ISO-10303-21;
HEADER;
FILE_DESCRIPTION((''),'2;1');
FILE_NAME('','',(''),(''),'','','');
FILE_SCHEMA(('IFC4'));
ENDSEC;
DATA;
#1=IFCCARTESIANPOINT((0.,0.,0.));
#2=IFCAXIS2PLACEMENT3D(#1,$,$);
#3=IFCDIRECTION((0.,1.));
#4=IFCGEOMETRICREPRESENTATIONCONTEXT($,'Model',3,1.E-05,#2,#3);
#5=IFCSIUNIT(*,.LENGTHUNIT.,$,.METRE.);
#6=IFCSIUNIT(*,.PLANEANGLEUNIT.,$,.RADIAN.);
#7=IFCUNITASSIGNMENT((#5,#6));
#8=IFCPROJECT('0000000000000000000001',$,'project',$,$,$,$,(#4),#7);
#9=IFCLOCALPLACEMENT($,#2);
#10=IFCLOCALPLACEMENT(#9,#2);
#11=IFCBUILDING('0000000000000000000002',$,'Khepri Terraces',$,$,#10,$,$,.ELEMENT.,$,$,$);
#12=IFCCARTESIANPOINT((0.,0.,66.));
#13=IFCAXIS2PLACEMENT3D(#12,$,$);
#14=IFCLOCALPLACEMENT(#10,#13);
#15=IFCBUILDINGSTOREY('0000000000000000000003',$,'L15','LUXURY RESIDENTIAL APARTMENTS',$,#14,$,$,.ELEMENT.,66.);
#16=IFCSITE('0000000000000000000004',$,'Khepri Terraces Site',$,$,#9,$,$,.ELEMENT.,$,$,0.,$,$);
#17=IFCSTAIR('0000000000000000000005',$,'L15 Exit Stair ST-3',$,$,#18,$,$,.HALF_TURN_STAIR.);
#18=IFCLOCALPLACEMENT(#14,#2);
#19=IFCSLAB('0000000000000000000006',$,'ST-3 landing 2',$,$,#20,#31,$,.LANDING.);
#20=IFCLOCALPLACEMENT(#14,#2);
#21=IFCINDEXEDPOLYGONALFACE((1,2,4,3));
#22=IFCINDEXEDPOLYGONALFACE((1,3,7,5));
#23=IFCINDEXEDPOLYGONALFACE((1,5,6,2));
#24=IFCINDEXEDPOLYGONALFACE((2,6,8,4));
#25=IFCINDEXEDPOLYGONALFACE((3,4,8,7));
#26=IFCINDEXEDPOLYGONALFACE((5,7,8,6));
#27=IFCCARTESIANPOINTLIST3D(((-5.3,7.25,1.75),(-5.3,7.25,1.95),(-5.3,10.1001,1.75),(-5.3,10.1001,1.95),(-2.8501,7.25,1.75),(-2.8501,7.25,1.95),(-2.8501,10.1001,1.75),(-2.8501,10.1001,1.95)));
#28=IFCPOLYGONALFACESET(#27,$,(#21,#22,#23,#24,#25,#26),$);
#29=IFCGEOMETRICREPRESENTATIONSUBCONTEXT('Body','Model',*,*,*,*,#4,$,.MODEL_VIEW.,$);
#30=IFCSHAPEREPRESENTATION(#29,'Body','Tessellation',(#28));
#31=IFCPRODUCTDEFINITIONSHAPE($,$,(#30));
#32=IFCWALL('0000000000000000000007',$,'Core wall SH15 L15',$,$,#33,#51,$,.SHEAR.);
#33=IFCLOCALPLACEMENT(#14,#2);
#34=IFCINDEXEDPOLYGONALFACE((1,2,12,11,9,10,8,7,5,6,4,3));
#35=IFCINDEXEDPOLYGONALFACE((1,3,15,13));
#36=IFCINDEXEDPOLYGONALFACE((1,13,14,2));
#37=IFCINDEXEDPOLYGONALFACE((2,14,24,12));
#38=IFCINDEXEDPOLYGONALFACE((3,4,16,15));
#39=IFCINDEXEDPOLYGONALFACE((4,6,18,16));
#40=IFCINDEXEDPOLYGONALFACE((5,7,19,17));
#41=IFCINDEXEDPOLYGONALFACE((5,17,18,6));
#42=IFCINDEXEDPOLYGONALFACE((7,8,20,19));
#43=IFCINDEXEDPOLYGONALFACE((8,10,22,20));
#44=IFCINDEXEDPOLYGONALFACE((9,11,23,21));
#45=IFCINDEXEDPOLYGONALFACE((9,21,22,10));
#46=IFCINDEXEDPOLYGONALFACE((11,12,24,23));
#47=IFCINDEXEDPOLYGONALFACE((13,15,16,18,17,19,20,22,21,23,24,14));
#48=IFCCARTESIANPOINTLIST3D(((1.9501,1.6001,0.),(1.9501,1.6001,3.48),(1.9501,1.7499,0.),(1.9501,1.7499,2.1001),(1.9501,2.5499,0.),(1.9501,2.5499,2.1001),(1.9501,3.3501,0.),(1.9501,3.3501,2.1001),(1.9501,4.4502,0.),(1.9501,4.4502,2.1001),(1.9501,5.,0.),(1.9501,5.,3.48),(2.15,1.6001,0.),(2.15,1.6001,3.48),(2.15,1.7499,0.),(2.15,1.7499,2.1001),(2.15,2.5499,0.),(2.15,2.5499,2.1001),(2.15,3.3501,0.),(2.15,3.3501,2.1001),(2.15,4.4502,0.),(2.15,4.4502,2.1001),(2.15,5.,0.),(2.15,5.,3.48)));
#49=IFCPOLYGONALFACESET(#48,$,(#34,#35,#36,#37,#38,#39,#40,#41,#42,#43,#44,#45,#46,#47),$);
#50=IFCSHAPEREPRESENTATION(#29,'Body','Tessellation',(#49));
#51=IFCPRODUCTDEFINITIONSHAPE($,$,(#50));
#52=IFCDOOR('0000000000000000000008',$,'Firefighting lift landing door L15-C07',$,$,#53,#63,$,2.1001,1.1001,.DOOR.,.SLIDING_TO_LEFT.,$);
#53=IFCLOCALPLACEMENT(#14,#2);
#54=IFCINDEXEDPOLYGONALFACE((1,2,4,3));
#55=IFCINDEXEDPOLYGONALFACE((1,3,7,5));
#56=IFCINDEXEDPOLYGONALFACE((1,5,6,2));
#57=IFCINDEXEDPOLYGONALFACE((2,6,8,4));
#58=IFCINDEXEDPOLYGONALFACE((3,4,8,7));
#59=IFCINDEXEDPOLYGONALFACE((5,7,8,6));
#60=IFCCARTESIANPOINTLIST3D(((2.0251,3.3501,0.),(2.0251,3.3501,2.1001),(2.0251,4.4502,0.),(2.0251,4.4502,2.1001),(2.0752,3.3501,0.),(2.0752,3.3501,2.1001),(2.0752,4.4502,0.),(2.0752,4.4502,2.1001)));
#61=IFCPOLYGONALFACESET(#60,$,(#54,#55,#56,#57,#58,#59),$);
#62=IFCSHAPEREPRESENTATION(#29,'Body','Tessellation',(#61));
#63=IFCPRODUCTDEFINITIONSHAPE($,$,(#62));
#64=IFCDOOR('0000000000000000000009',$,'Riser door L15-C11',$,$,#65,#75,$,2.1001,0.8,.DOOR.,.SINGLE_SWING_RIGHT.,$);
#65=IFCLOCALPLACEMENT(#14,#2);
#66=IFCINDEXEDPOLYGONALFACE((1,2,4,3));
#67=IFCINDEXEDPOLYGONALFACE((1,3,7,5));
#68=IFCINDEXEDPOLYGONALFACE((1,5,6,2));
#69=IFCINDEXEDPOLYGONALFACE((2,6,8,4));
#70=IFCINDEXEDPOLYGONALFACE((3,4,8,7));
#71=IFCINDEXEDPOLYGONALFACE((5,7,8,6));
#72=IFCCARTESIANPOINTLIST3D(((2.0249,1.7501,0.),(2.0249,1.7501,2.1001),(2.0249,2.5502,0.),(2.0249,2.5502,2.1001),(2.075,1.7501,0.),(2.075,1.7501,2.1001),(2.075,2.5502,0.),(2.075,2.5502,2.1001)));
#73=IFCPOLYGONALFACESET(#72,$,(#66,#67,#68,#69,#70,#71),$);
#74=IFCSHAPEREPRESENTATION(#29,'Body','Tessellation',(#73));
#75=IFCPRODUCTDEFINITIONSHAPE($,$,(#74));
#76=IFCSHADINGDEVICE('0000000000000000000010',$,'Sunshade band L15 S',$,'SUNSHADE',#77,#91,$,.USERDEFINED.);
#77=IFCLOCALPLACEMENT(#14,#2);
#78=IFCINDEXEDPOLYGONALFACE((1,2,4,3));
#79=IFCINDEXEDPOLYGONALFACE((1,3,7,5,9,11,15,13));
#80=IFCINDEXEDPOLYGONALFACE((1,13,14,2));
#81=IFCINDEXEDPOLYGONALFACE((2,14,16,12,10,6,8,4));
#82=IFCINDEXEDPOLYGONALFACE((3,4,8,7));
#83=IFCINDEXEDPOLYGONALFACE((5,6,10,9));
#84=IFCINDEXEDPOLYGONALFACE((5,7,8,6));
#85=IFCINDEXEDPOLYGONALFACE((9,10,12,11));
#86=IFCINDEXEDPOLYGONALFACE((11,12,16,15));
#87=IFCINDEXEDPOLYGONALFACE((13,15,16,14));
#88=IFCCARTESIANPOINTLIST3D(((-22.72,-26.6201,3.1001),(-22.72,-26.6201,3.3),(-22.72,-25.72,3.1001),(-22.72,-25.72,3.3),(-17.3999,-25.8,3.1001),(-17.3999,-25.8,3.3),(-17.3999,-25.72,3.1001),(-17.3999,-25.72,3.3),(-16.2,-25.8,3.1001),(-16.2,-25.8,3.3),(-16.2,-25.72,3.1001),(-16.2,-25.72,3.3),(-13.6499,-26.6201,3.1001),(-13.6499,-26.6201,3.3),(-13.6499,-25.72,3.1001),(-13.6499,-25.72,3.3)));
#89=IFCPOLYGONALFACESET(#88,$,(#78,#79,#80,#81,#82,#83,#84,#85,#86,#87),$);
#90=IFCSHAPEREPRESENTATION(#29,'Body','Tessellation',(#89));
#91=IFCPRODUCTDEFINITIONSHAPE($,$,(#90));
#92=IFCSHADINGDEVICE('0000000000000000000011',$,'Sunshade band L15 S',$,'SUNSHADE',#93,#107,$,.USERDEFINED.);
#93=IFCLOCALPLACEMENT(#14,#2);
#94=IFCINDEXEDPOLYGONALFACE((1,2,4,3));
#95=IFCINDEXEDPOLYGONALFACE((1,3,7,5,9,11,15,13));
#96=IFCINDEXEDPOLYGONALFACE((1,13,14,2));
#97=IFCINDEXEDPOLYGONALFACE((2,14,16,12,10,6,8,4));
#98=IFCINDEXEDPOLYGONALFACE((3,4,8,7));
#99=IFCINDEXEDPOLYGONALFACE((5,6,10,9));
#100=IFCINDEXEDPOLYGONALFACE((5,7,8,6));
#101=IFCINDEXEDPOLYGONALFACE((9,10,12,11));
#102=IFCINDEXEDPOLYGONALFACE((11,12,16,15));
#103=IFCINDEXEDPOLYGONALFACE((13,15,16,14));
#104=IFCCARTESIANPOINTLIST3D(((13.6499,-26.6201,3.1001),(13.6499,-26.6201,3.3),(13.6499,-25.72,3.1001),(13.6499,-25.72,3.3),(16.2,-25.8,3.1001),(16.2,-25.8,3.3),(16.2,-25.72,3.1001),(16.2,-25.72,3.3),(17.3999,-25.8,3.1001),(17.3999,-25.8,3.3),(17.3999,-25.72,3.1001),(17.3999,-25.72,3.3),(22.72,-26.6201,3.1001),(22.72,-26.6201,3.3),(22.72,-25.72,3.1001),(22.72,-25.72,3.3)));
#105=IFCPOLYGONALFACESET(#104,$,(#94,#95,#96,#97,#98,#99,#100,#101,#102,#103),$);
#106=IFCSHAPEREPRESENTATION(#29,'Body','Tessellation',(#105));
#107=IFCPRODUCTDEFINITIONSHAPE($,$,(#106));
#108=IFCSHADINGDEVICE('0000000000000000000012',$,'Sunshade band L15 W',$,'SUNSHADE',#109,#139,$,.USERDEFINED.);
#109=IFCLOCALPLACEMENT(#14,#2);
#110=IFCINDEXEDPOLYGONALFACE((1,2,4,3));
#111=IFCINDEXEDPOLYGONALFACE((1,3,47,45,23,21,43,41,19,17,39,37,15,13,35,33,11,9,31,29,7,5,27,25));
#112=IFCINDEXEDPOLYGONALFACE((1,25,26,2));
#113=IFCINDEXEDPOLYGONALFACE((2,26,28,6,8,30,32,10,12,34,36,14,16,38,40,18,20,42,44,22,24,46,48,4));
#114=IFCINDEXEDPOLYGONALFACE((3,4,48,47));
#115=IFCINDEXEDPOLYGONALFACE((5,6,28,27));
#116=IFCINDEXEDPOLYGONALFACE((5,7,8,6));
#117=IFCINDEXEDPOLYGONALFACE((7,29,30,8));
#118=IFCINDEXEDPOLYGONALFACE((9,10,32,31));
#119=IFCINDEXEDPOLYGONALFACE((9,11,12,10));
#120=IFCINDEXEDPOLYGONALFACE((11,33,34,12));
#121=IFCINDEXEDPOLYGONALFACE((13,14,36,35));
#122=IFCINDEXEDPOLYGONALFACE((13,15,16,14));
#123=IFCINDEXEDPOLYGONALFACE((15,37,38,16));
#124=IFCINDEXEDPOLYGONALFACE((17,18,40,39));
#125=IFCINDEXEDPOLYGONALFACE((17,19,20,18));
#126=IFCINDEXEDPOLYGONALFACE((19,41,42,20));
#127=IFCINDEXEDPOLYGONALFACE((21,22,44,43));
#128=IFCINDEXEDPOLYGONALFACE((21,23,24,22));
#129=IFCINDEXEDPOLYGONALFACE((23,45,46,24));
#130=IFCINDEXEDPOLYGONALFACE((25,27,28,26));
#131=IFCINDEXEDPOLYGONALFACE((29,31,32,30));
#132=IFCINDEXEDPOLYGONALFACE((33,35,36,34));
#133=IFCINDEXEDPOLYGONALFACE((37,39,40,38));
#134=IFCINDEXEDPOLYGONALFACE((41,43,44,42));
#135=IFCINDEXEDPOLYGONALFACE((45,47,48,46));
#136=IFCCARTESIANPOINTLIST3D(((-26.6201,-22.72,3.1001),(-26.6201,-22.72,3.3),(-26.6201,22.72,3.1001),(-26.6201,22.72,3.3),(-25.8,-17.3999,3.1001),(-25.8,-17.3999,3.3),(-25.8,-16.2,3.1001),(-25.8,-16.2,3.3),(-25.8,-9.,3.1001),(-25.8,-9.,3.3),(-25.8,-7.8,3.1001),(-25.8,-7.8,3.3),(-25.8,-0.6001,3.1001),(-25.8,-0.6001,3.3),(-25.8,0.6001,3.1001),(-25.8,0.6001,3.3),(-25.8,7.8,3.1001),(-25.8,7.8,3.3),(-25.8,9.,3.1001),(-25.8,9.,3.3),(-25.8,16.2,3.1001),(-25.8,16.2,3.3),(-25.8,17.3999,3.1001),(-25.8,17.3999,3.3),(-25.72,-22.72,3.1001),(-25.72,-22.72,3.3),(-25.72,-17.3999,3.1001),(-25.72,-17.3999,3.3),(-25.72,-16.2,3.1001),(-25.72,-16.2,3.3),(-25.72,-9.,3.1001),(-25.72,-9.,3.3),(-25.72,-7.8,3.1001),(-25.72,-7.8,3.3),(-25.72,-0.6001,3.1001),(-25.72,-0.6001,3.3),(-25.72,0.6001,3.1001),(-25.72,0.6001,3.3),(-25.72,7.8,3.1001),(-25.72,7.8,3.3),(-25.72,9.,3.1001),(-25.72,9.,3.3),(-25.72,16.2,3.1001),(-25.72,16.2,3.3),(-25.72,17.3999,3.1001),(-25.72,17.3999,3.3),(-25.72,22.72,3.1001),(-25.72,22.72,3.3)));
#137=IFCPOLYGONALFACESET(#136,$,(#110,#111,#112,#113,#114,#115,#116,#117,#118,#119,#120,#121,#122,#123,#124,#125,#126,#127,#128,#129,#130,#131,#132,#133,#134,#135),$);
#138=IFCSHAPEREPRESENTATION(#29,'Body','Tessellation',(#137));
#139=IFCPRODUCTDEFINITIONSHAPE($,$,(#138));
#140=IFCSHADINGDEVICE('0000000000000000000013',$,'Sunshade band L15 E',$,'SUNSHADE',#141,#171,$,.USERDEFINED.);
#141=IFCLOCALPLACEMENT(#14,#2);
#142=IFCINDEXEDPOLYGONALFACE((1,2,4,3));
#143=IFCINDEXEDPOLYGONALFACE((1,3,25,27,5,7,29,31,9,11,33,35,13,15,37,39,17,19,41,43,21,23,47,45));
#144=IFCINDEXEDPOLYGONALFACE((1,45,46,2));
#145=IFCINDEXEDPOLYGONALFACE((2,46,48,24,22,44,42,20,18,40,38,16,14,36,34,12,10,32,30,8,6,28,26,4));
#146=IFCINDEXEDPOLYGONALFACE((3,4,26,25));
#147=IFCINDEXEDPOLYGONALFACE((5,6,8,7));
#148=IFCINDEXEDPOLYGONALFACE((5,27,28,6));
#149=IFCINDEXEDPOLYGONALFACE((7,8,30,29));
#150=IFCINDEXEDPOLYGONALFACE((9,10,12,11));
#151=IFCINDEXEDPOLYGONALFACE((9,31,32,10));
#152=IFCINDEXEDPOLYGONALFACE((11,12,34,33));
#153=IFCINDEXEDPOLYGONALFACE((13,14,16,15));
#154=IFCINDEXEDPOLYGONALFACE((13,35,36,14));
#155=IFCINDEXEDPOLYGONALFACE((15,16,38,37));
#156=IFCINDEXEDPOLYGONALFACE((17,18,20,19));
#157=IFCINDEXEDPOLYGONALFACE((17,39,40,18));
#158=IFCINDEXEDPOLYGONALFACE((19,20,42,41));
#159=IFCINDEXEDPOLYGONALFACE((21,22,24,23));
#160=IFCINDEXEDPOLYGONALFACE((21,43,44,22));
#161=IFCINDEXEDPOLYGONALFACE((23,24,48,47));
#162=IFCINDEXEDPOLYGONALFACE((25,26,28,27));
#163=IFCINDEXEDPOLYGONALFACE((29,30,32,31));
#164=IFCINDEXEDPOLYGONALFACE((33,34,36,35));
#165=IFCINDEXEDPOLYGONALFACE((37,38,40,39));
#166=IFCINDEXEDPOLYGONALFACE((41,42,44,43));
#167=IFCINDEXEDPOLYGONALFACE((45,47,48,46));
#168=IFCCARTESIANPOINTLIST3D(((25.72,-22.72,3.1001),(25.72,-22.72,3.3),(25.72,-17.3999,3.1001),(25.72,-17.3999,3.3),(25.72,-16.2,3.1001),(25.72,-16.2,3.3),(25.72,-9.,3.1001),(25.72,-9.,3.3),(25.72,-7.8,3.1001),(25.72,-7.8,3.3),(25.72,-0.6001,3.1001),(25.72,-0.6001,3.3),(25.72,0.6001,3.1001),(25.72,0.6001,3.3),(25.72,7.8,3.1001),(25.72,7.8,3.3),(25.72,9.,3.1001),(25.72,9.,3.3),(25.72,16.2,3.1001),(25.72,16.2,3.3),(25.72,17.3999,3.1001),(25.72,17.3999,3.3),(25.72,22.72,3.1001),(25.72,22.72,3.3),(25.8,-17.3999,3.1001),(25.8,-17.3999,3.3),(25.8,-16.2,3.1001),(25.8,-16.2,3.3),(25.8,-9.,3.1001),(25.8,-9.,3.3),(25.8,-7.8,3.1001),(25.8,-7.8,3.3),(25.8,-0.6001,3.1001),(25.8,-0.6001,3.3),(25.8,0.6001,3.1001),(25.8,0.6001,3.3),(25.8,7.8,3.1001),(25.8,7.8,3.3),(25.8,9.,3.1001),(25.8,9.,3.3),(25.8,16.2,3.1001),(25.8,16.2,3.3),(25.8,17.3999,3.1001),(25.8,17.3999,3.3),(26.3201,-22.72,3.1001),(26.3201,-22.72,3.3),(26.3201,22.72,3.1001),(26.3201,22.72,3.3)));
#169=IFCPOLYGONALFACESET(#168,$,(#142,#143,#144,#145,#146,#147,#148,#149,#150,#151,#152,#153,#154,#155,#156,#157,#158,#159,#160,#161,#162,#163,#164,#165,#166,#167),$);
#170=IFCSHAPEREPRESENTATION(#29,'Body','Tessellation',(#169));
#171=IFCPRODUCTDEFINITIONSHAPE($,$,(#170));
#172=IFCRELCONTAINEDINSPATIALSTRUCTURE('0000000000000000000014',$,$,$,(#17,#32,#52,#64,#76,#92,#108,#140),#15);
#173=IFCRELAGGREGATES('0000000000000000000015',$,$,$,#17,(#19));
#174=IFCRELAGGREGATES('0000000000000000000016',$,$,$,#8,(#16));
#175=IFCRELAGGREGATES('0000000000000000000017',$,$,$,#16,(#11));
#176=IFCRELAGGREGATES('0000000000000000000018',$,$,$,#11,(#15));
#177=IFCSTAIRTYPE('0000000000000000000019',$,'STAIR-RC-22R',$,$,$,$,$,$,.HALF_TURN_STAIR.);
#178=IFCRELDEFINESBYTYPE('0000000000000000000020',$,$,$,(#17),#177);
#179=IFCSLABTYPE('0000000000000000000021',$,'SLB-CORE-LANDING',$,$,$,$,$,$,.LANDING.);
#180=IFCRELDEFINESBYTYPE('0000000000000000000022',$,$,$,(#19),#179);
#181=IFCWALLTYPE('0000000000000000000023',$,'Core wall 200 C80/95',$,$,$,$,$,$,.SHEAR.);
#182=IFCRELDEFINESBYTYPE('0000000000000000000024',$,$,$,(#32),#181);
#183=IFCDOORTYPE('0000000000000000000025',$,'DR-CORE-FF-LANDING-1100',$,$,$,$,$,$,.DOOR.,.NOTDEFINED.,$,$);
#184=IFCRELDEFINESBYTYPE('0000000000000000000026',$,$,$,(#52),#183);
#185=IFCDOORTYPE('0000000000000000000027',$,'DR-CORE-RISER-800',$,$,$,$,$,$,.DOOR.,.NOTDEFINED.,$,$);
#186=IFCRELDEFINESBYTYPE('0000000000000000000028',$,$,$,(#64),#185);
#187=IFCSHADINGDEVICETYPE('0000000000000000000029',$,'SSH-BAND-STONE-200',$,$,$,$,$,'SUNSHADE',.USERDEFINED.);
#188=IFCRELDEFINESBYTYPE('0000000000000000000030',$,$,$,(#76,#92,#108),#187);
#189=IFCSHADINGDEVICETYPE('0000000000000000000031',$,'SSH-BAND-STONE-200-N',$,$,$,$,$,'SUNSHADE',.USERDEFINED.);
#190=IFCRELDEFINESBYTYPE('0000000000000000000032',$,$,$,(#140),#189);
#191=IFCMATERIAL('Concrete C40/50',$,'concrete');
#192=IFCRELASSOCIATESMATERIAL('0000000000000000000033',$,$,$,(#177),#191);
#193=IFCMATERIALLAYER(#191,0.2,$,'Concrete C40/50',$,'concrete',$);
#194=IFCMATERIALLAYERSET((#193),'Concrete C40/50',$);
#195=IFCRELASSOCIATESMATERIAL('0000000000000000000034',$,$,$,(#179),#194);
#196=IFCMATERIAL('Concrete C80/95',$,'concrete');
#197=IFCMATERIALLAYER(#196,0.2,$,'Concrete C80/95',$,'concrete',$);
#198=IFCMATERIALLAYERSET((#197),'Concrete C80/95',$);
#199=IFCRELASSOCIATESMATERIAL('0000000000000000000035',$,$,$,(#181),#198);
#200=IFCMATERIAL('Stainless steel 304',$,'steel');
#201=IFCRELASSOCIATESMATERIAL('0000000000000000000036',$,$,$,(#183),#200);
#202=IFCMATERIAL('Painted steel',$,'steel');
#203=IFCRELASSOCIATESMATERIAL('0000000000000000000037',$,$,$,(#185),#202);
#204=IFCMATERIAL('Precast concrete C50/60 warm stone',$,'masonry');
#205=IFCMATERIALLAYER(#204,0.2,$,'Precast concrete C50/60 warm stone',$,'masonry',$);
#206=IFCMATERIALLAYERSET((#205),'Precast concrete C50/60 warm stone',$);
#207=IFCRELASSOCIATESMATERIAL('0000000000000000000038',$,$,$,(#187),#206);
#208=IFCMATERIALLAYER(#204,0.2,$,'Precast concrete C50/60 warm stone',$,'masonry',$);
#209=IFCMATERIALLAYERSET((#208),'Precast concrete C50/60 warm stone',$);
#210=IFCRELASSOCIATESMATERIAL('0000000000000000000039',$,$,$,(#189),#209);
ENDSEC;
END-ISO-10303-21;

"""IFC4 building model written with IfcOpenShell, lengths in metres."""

from ifc_helpers import new_model, si_unit, direction, frame, frame_2d, origin, place, context, subcontext, project, spatial, polyline, rectangle, outline, extrude, material, layer, layer_set, type_object, element, fill, aggregate, save


model = new_model("IFC4")

# Units and contexts
model_context = context("Model", 3, precision=1e-05, world=origin(), true_north=direction((0.0, 1.0)))
body_context = subcontext(model_context, "Body", "Model", "MODEL_VIEW")
ifc_project = project(units=[si_unit("LENGTHUNIT", "METRE"), si_unit("PLANEANGLEUNIT", "RADIAN")], contexts=[model_context])

# Site, building, storey
site_placement = place(None, origin())
site = spatial("IfcSite", under=ifc_project, at=site_placement, Name="Khepri Terraces Site", CompositionType="ELEMENT", RefElevation=0.0)
building_placement = place(site_placement, origin())
building = spatial("IfcBuilding", under=site, at=building_placement, Name="Khepri Terraces", CompositionType="ELEMENT")
storey_placement = place(building_placement, frame((0.0, 0.0, 66.0)))
storey = spatial("IfcBuildingStorey", under=building, at=storey_placement, Name="L15", Description="LUXURY RESIDENTIAL APARTMENTS", CompositionType="ELEMENT", Elevation=66.0)

# Shared definitions
ifc_material_1 = material(Name="Precast concrete C50/60 warm stone", Category="masonry")

# Stair, slab
ifc_material_2 = material(Name="Concrete C40/50", Category="concrete")
stair_type = type_object("IfcStairType", Name="STAIR-RC-22R", PredefinedType="HALF_TURN_STAIR", material=ifc_material_2)
ifc_layer_1 = layer(ifc_material_2, 0.2, Name="Concrete C40/50", Category="concrete")
ifc_layer_set_1 = layer_set([ifc_layer_1], Name="Concrete C40/50")
slab_type_1 = type_object("IfcSlabType", Name="SLB-CORE-LANDING", PredefinedType="LANDING", material=ifc_layer_set_1)
stair_1_placement = place(storey_placement, origin())
stair_1 = element("IfcStair", 1, at=stair_1_placement, inside=storey, type_object=stair_type, Name="L15 Exit Stair ST-3", PredefinedType="HALF_TURN_STAIR")
slab_1_placement = place(storey_placement, frame((0.0, 0.0, 1.75)))
slab_1 = element("IfcSlab", 2, at=slab_1_placement, type_object=slab_type_1, Name="ST-3 landing 2", PredefinedType="LANDING", context=body_context, shape_type="SweptSolid", body=[
    extrude(outline(polyline([(-2.8501, 10.1001), (-5.3, 10.1001), (-5.3, 7.25), (-2.8501, 7.25), (-2.8501, 10.1001)])), origin(), (0.0, 0.0, 1.0), 0.2),
])
aggregate(stair_1, [slab_1])

# Wall, openings, doors
ifc_material_3 = material(Name="Concrete C80/95", Category="concrete")
ifc_layer_2 = layer(ifc_material_3, 0.2, Name="Concrete C80/95", Category="concrete")
ifc_layer_set_2 = layer_set([ifc_layer_2], Name="Concrete C80/95")
wall_type = type_object("IfcWallType", Name="Core wall 200 C80/95", PredefinedType="SHEAR", material=ifc_layer_set_2)
wall_placement = place(storey_placement, frame((2.05, 1.6001, 0.0), z_axis=(0.0, 0.0, 1.0), x_axis=(0.0, 1.0, 0.0)))
wall = element("IfcWall", 3, at=wall_placement, inside=storey, type_object=wall_type, Name="Core wall SH15 L15", PredefinedType="SHEAR", context=body_context, shape_type="SweptSolid", body=[
    extrude(rectangle(XDim=3.3999, YDim=0.2, at=frame_2d((1.7, 0.0))), origin(), (0.0, 0.0, 1.0), 3.48),
])
opening_1_placement = place(wall_placement, frame((1.75, 0.0, 0.0)))
opening_1 = element("IfcOpeningElement", 4, at=opening_1_placement, cuts=wall, PredefinedType="OPENING", context=body_context, shape_type="SweptSolid", body=[
    extrude(rectangle(XDim=1.1001, YDim=2.1001, at=frame_2d((0.55, 1.05))), frame((0.0, 0.1099, 0.0), z_axis=(0.0, -1.0, 0.0), x_axis=(1.0, 0.0, 0.0)), (0.0, 0.0, 1.0), 0.22),
])
opening_2_placement = place(wall_placement, frame((0.1499, 0.0, 0.0)))
opening_2 = element("IfcOpeningElement", 5, at=opening_2_placement, cuts=wall, PredefinedType="OPENING", context=body_context, shape_type="SweptSolid", body=[
    extrude(rectangle(XDim=0.8, YDim=2.1001, at=frame_2d((0.3999, 1.05))), frame((0.0, 0.1099, 0.0), z_axis=(0.0, -1.0, 0.0), x_axis=(1.0, 0.0, 0.0)), (0.0, 0.0, 1.0), 0.22),
])
ifc_material_4 = material(Name="Stainless steel 304", Category="steel")
door_type_1 = type_object("IfcDoorType", Name="DR-CORE-FF-LANDING-1100", OperationType="NOTDEFINED", PredefinedType="DOOR", material=ifc_material_4)
door_1_placement = place(opening_1_placement, origin())
door_1 = element("IfcDoor", 6, at=door_1_placement, inside=storey, type_object=door_type_1, Name="Firefighting lift landing door L15-C07", OperationType="SLIDING_TO_LEFT", OverallHeight=2.1001, OverallWidth=1.1001, PredefinedType="DOOR", context=body_context, shape_type="SweptSolid", body=[
    extrude(rectangle(XDim=1.1001, YDim=2.1001, at=frame_2d((0.55, 1.05))), frame((0.0, 0.0249, 0.0), z_axis=(0.0, -1.0, 0.0), x_axis=(1.0, 0.0, 0.0)), (0.0, 0.0, 1.0), 0.05),
])
fill(opening_1, door_1)
ifc_material_5 = material(Name="Painted steel", Category="steel")
door_type_2 = type_object("IfcDoorType", Name="DR-CORE-RISER-800", OperationType="NOTDEFINED", PredefinedType="DOOR", material=ifc_material_5)
door_2_placement = place(opening_2_placement, frame((0.8, 0.0, 0.0), z_axis=(0.0, 0.0, 1.0), x_axis=(-1.0, 0.0, 0.0)))
door_2 = element("IfcDoor", 7, at=door_2_placement, inside=storey, type_object=door_type_2, Name="Riser door L15-C11", OperationType="SINGLE_SWING_RIGHT", OverallHeight=2.1001, OverallWidth=0.8, PredefinedType="DOOR", context=body_context, shape_type="SweptSolid", body=[
    extrude(rectangle(XDim=0.8, YDim=2.1001, at=frame_2d((0.3999, 1.05))), frame((0.0, 0.0249, 0.0), z_axis=(0.0, -1.0, 0.0), x_axis=(1.0, 0.0, 0.0)), (0.0, 0.0, 1.0), 0.05),
])
fill(opening_2, door_2)

# Shading devices
ifc_layer_3 = layer(ifc_material_1, 0.2, Name="Precast concrete C50/60 warm stone", Category="masonry")
ifc_layer_set_3 = layer_set([ifc_layer_3], Name="Precast concrete C50/60 warm stone")
shading_device_type_1 = type_object("IfcShadingDeviceType", Name="SSH-BAND-STONE-200", ElementType="SUNSHADE", PredefinedType="USERDEFINED", material=ifc_layer_set_3)
shading_device_1_placement = place(storey_placement, frame((0.0, 0.0, 3.1001)))
element("IfcShadingDevice", 8, at=shading_device_1_placement, inside=storey, type_object=shading_device_type_1, Name="Sunshade band L15 S", ObjectType="SUNSHADE", PredefinedType="USERDEFINED", context=body_context, shape_type="SweptSolid", body=[
    extrude(outline(polyline([(-17.3999, -25.72), (-22.72, -25.72), (-22.72, -26.6201), (-13.6499, -26.6201), (-13.6499, -25.72), (-16.2, -25.72), (-16.2, -25.8), (-17.3999, -25.8), (-17.3999, -25.72)])), origin(), (0.0, 0.0, 1.0), 0.2),
])
shading_device_2_placement = place(storey_placement, frame((0.0, 0.0, 3.1001)))
element("IfcShadingDevice", 9, at=shading_device_2_placement, inside=storey, type_object=shading_device_type_1, Name="Sunshade band L15 S", ObjectType="SUNSHADE", PredefinedType="USERDEFINED", context=body_context, shape_type="SweptSolid", body=[
    extrude(outline(polyline([(16.2, -25.72), (13.6499, -25.72), (13.6499, -26.6201), (22.72, -26.6201), (22.72, -25.72), (17.3999, -25.72), (17.3999, -25.8), (16.2, -25.8), (16.2, -25.72)])), origin(), (0.0, 0.0, 1.0), 0.2),
])
shading_device_3_placement = place(storey_placement, frame((0.0, 0.0, 3.1001)))
element("IfcShadingDevice", 10, at=shading_device_3_placement, inside=storey, type_object=shading_device_type_1, Name="Sunshade band L15 W", ObjectType="SUNSHADE", PredefinedType="USERDEFINED", context=body_context, shape_type="SweptSolid", body=[
    extrude(outline(polyline([(-25.72, 17.3999), (-25.72, 22.72), (-26.6201, 22.72), (-26.6201, -22.72), (-25.72, -22.72), (-25.72, -17.3999), (-25.8, -17.3999), (-25.8, -16.2), (-25.72, -16.2), (-25.72, -9.0), (-25.8, -9.0), (-25.8, -7.8), (-25.72, -7.8), (-25.72, -0.6001), (-25.8, -0.6001), (-25.8, 0.6001), (-25.72, 0.6001), (-25.72, 7.8), (-25.8, 7.8), (-25.8, 9.0), (-25.72, 9.0), (-25.72, 16.2), (-25.8, 16.2), (-25.8, 17.3999), (-25.72, 17.3999)])), origin(), (0.0, 0.0, 1.0), 0.2),
])
ifc_layer_4 = layer(ifc_material_1, 0.2, Name="Precast concrete C50/60 warm stone", Category="masonry")
ifc_layer_set_4 = layer_set([ifc_layer_4], Name="Precast concrete C50/60 warm stone")
shading_device_type_2 = type_object("IfcShadingDeviceType", Name="SSH-BAND-STONE-200-N", ElementType="SUNSHADE", PredefinedType="USERDEFINED", material=ifc_layer_set_4)
shading_device_4_placement = place(storey_placement, frame((0.0, 0.0, 3.1001)))
element("IfcShadingDevice", 11, at=shading_device_4_placement, inside=storey, type_object=shading_device_type_2, Name="Sunshade band L15 E", ObjectType="SUNSHADE", PredefinedType="USERDEFINED", context=body_context, shape_type="SweptSolid", body=[
    extrude(outline(polyline([(25.72, -17.3999), (25.72, -22.72), (26.3201, -22.72), (26.3201, 22.72), (25.72, 22.72), (25.72, 17.3999), (25.8, 17.3999), (25.8, 16.2), (25.72, 16.2), (25.72, 9.0), (25.8, 9.0), (25.8, 7.8), (25.72, 7.8), (25.72, 0.6001), (25.8, 0.6001), (25.8, -0.6001), (25.72, -0.6001), (25.72, -7.8), (25.8, -7.8), (25.8, -9.0), (25.72, -9.0), (25.72, -16.2), (25.8, -16.2), (25.8, -17.3999), (25.72, -17.3999)])), origin(), (0.0, 0.0, 1.0), 0.2),
])

save(model, "model.ifc")
